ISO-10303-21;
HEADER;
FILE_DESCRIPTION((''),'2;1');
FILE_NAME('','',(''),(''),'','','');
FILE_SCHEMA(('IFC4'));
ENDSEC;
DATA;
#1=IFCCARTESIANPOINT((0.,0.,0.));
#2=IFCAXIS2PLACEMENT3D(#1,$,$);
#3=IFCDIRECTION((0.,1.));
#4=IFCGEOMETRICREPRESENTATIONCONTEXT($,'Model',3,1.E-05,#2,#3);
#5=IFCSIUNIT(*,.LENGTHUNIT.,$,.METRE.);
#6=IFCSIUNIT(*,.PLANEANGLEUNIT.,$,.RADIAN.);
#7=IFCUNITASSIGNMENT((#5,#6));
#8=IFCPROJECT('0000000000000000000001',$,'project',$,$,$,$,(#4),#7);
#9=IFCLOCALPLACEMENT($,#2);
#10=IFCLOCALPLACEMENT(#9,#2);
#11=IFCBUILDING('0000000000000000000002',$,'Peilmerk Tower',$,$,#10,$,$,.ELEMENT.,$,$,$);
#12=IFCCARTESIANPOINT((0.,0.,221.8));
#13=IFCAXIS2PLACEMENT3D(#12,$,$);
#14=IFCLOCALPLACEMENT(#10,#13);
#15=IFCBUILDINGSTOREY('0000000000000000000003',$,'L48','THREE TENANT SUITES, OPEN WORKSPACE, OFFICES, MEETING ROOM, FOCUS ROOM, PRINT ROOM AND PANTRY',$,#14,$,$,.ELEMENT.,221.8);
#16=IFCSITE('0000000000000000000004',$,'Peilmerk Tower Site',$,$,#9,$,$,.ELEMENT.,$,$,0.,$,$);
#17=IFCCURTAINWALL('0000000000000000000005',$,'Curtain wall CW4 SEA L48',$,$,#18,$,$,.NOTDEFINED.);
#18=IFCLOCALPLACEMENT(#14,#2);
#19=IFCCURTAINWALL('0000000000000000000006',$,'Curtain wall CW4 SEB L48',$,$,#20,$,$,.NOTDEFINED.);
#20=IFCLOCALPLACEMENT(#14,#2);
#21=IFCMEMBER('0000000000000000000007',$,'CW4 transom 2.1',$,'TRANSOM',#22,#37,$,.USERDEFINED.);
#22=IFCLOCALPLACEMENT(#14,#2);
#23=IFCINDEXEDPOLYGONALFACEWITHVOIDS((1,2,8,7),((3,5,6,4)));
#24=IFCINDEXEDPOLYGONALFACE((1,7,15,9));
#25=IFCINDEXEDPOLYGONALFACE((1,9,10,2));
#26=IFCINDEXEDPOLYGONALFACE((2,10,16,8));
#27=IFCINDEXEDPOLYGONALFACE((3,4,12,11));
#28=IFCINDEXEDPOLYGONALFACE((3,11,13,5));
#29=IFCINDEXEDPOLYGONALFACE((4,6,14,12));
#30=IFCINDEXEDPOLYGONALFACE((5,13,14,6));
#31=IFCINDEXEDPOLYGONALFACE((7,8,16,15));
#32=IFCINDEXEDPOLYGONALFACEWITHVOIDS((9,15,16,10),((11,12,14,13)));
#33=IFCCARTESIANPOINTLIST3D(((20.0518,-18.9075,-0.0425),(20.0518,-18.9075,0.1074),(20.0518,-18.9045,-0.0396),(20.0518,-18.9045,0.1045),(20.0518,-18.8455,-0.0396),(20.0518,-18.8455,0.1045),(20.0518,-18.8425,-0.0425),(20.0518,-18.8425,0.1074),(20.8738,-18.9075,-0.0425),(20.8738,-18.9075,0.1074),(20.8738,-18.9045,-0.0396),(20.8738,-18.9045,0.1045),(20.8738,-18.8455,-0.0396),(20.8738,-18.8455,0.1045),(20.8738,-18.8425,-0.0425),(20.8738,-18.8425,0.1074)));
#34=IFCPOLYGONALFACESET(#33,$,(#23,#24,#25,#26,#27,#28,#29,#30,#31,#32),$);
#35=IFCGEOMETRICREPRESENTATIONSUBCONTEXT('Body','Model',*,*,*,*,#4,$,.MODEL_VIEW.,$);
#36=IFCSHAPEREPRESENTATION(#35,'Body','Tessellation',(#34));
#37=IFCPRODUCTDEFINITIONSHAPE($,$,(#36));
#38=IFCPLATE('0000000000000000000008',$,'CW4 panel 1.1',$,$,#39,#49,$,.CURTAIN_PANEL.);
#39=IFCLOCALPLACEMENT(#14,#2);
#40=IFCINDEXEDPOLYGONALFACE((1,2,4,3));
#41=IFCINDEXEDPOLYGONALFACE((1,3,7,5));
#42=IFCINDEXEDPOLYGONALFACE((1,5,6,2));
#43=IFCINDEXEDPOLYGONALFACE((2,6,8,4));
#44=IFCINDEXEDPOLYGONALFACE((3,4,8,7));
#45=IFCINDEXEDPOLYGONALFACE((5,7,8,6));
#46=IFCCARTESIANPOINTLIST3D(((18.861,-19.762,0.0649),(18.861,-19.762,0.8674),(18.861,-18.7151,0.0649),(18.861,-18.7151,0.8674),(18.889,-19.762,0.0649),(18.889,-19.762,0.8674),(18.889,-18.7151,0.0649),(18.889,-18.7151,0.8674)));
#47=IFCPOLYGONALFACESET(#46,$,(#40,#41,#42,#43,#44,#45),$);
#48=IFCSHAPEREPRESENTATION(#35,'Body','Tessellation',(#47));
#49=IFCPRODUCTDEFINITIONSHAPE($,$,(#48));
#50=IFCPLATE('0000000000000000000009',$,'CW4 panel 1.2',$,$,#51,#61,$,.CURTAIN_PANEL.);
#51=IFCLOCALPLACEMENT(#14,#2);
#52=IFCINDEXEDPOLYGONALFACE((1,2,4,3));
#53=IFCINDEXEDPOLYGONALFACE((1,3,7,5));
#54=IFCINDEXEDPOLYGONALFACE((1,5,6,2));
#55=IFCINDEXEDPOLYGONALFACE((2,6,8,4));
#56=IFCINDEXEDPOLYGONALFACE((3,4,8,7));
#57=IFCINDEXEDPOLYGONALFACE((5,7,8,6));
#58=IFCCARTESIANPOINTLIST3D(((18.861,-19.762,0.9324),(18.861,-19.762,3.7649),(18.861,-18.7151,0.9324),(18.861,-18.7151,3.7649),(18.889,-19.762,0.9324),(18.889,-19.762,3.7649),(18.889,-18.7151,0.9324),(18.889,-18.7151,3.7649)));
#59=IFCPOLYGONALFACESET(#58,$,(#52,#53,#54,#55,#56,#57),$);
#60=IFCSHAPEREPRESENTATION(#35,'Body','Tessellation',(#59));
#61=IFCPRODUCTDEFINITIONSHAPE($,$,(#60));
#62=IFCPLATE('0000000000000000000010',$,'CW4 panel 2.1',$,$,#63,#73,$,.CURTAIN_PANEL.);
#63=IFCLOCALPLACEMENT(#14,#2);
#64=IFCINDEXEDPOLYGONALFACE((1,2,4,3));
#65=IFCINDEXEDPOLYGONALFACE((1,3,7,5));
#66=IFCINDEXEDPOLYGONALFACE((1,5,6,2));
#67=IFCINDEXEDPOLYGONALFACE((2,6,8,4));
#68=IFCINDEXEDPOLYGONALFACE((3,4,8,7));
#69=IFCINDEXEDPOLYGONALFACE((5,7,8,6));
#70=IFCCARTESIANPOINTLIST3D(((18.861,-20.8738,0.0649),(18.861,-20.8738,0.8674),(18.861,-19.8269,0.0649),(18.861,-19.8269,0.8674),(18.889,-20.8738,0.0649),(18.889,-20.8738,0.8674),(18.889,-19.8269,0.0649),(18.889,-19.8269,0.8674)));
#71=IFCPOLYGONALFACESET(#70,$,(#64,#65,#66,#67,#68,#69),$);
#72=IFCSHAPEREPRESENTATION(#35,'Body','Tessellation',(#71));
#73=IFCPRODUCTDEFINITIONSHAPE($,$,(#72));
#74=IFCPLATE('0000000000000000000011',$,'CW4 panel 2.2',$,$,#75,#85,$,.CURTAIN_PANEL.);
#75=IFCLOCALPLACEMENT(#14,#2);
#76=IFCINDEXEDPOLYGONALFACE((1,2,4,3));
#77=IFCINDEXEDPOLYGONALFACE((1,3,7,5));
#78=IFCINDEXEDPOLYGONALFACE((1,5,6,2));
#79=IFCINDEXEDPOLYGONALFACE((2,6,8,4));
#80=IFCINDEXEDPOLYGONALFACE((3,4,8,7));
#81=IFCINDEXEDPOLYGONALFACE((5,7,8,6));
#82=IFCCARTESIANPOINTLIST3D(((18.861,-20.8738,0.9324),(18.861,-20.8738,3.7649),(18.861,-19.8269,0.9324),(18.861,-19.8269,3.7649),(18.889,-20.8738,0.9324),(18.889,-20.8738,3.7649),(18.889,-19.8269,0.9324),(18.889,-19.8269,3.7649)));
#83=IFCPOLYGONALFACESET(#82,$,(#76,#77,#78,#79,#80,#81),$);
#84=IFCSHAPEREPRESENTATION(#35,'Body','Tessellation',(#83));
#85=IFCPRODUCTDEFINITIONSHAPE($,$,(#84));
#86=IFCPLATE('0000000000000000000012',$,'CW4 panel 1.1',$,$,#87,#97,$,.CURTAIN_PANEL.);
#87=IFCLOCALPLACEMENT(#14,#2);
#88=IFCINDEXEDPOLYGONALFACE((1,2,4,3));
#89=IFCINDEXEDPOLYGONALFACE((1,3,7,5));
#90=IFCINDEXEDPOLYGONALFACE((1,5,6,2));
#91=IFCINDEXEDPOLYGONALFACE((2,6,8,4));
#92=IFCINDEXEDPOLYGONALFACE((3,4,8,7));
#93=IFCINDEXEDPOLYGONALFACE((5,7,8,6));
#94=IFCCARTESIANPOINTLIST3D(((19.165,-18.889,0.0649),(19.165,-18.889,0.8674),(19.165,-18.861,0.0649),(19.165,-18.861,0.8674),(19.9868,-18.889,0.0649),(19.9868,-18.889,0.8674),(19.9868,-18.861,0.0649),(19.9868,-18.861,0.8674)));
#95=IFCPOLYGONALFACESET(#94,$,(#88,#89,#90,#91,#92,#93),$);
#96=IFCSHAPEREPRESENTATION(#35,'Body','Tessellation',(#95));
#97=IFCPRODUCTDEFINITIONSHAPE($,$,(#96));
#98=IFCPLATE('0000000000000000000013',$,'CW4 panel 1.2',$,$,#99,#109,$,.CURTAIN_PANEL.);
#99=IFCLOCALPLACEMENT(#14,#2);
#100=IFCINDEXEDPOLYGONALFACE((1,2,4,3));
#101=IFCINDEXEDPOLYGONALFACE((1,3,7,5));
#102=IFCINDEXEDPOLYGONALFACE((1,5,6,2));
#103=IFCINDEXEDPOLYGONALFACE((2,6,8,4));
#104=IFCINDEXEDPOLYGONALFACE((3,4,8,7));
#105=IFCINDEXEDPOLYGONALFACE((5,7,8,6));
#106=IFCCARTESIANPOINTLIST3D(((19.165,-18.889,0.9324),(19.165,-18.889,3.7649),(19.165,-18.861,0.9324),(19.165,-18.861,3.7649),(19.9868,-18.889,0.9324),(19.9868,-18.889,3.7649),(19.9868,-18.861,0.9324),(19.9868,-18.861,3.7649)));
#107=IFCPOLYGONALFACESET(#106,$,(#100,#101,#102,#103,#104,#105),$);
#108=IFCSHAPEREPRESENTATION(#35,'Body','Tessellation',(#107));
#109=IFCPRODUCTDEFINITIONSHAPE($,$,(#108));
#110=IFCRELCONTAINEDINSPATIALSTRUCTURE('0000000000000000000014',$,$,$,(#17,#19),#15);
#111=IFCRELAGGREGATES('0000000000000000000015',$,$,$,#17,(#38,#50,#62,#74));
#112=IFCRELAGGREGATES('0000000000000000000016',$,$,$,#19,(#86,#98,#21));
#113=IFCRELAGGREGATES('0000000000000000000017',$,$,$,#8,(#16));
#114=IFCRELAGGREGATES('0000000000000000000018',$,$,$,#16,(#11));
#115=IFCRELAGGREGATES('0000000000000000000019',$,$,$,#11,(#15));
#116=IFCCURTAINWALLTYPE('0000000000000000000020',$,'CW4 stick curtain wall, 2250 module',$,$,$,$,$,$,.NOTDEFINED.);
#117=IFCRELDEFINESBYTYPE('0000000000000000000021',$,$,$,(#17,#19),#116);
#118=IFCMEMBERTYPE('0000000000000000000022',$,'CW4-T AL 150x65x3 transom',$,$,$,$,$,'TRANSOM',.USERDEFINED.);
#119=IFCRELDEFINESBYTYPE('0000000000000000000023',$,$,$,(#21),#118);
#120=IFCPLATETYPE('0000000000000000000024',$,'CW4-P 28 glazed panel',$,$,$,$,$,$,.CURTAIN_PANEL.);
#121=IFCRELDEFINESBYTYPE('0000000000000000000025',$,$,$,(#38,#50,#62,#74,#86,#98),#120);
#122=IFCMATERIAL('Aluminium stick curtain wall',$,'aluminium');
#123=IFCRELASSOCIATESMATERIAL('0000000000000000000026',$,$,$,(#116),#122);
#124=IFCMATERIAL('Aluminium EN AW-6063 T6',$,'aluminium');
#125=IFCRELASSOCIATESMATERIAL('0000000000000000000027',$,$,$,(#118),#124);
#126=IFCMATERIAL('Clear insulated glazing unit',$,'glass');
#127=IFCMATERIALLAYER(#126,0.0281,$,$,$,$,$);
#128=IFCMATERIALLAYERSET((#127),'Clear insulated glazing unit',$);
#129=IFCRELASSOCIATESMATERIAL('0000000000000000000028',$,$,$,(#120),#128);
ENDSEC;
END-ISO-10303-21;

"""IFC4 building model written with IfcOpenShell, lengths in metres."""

from ifc_helpers import new_model, si_unit, direction, frame, origin, origin_2d, place, context, subcontext, project, spatial, rectangle, hollow_rectangle, extrude, material, layer, layer_set, material_profile, profile_set, type_object, element, aggregate, save


model = new_model("IFC4")

# Units and contexts
model_context = context("Model", 3, precision=1e-05, world=origin(), true_north=direction((0.0, 1.0)))
body_context = subcontext(model_context, "Body", "Model", "MODEL_VIEW")
ifc_project = project(units=[si_unit("LENGTHUNIT", "METRE"), si_unit("PLANEANGLEUNIT", "RADIAN")], contexts=[model_context])

# Site, building, storey
site_placement = place(None, origin())
site = spatial("IfcSite", under=ifc_project, at=site_placement, Name="Peilmerk Tower Site", CompositionType="ELEMENT", RefElevation=0.0)
building_placement = place(site_placement, origin())
building = spatial("IfcBuilding", under=site, at=building_placement, Name="Peilmerk Tower", CompositionType="ELEMENT")
storey_placement = place(building_placement, frame((0.0, 0.0, 221.8)))
storey = spatial("IfcBuildingStorey", under=building, at=storey_placement, Name="L48", Description="THREE TENANT SUITES, OPEN WORKSPACE, OFFICES, MEETING ROOM, FOCUS ROOM, PRINT ROOM AND PANTRY", CompositionType="ELEMENT", Elevation=221.8)

# Curtain walls
ifc_material_1 = material(Name="Aluminium stick curtain wall", Category="aluminium")
curtain_wall_type = type_object("IfcCurtainWallType", Name="CW4 stick curtain wall, 2250 module", PredefinedType="NOTDEFINED", material=ifc_material_1)
curtain_wall_1_placement = place(storey_placement, origin())
curtain_wall_1 = element("IfcCurtainWall", 1, at=curtain_wall_1_placement, inside=storey, type_object=curtain_wall_type, Name="Curtain wall CW4 SEA L48", PredefinedType="NOTDEFINED")
ifc_material_2 = material(Name="Aluminium EN AW-6063 T6", Category="aluminium")
curtain_wall_2_placement = place(storey_placement, origin())
curtain_wall_2 = element("IfcCurtainWall", 2, at=curtain_wall_2_placement, inside=storey, type_object=curtain_wall_type, Name="Curtain wall CW4 SEB L48", PredefinedType="NOTDEFINED")

# Member
ifc_material_profile_1 = material_profile(ifc_material_2, hollow_rectangle(XDim=0.0649, YDim=0.1499, WallThickness=0.0029, at=origin_2d()), Name="AL 150x65x3")
ifc_profile_set_1 = profile_set([ifc_material_profile_1], Name="Aluminium EN AW-6063 T6")
member_type_1 = type_object("IfcMemberType", Name="CW4-T AL 150x65x3 transom", ElementType="TRANSOM", PredefinedType="USERDEFINED", material=ifc_profile_set_1)
member_1_placement = place(storey_placement, frame((20.0518, -18.875, 0.0325), z_axis=(1.0, 0.0, 0.0), x_axis=(0.0, 1.0, 0.0)))
member_1 = element("IfcMember", 3, at=member_1_placement, type_object=member_type_1, Name="CW4 transom 2.1", ObjectType="TRANSOM", PredefinedType="USERDEFINED", context=body_context, shape_type="SweptSolid", body=[
    extrude(hollow_rectangle(XDim=0.0649, YDim=0.1499, WallThickness=0.0029, at=origin_2d()), origin(), (0.0, 0.0, 1.0), 0.822),
])

# Plates
ifc_material_3 = material(Name="Clear insulated glazing unit", Category="glass")
ifc_layer_1 = layer(ifc_material_3, 0.0281)
ifc_layer_set_1 = layer_set([ifc_layer_1], Name="Clear insulated glazing unit")
plate_type = type_object("IfcPlateType", Name="CW4-P 28 glazed panel", PredefinedType="CURTAIN_PANEL", material=ifc_layer_set_1)
plate_1_placement = place(storey_placement, frame((18.875, -19.2385, 0.0649), z_axis=(0.0, 0.0, 1.0), x_axis=(0.0, -1.0, 0.0)))
plate_1 = element("IfcPlate", 4, at=plate_1_placement, type_object=plate_type, Name="CW4 panel 1.1", PredefinedType="CURTAIN_PANEL", context=body_context, shape_type="SweptSolid", body=[
    extrude(rectangle(XDim=1.0469, YDim=0.0281, at=origin_2d()), origin(), (0.0, 0.0, 1.0), 0.8025),
])
plate_2_placement = place(storey_placement, frame((18.875, -19.2385, 0.9324), z_axis=(0.0, 0.0, 1.0), x_axis=(0.0, -1.0, 0.0)))
plate_2 = element("IfcPlate", 5, at=plate_2_placement, type_object=plate_type, Name="CW4 panel 1.2", PredefinedType="CURTAIN_PANEL", context=body_context, shape_type="SweptSolid", body=[
    extrude(rectangle(XDim=1.0469, YDim=0.0281, at=origin_2d()), origin(), (0.0, 0.0, 1.0), 2.8325),
])
plate_3_placement = place(storey_placement, frame((18.875, -20.3503, 0.0649), z_axis=(0.0, 0.0, 1.0), x_axis=(0.0, -1.0, 0.0)))
plate_3 = element("IfcPlate", 6, at=plate_3_placement, type_object=plate_type, Name="CW4 panel 2.1", PredefinedType="CURTAIN_PANEL", context=body_context, shape_type="SweptSolid", body=[
    extrude(rectangle(XDim=1.0469, YDim=0.0281, at=origin_2d()), origin(), (0.0, 0.0, 1.0), 0.8025),
])
plate_4_placement = place(storey_placement, frame((18.875, -20.3503, 0.9324), z_axis=(0.0, 0.0, 1.0), x_axis=(0.0, -1.0, 0.0)))
plate_4 = element("IfcPlate", 7, at=plate_4_placement, type_object=plate_type, Name="CW4 panel 2.2", PredefinedType="CURTAIN_PANEL", context=body_context, shape_type="SweptSolid", body=[
    extrude(rectangle(XDim=1.0469, YDim=0.0281, at=origin_2d()), origin(), (0.0, 0.0, 1.0), 2.8325),
])
aggregate(curtain_wall_1, [plate_1, plate_2, plate_3, plate_4])
plate_5_placement = place(storey_placement, frame((19.5759, -18.875, 0.0649), z_axis=(0.0, 0.0, 1.0), x_axis=(1.0, 0.0, 0.0)))
plate_5 = element("IfcPlate", 8, at=plate_5_placement, type_object=plate_type, Name="CW4 panel 1.1", PredefinedType="CURTAIN_PANEL", context=body_context, shape_type="SweptSolid", body=[
    extrude(rectangle(XDim=0.8218, YDim=0.0281, at=origin_2d()), origin(), (0.0, 0.0, 1.0), 0.8025),
])
plate_6_placement = place(storey_placement, frame((19.5759, -18.875, 0.9324), z_axis=(0.0, 0.0, 1.0), x_axis=(1.0, 0.0, 0.0)))
plate_6 = element("IfcPlate", 9, at=plate_6_placement, type_object=plate_type, Name="CW4 panel 1.2", PredefinedType="CURTAIN_PANEL", context=body_context, shape_type="SweptSolid", body=[
    extrude(rectangle(XDim=0.8218, YDim=0.0281, at=origin_2d()), origin(), (0.0, 0.0, 1.0), 2.8325),
])
aggregate(curtain_wall_2, [plate_5, plate_6, member_1])

save(model, "model.ifc")
